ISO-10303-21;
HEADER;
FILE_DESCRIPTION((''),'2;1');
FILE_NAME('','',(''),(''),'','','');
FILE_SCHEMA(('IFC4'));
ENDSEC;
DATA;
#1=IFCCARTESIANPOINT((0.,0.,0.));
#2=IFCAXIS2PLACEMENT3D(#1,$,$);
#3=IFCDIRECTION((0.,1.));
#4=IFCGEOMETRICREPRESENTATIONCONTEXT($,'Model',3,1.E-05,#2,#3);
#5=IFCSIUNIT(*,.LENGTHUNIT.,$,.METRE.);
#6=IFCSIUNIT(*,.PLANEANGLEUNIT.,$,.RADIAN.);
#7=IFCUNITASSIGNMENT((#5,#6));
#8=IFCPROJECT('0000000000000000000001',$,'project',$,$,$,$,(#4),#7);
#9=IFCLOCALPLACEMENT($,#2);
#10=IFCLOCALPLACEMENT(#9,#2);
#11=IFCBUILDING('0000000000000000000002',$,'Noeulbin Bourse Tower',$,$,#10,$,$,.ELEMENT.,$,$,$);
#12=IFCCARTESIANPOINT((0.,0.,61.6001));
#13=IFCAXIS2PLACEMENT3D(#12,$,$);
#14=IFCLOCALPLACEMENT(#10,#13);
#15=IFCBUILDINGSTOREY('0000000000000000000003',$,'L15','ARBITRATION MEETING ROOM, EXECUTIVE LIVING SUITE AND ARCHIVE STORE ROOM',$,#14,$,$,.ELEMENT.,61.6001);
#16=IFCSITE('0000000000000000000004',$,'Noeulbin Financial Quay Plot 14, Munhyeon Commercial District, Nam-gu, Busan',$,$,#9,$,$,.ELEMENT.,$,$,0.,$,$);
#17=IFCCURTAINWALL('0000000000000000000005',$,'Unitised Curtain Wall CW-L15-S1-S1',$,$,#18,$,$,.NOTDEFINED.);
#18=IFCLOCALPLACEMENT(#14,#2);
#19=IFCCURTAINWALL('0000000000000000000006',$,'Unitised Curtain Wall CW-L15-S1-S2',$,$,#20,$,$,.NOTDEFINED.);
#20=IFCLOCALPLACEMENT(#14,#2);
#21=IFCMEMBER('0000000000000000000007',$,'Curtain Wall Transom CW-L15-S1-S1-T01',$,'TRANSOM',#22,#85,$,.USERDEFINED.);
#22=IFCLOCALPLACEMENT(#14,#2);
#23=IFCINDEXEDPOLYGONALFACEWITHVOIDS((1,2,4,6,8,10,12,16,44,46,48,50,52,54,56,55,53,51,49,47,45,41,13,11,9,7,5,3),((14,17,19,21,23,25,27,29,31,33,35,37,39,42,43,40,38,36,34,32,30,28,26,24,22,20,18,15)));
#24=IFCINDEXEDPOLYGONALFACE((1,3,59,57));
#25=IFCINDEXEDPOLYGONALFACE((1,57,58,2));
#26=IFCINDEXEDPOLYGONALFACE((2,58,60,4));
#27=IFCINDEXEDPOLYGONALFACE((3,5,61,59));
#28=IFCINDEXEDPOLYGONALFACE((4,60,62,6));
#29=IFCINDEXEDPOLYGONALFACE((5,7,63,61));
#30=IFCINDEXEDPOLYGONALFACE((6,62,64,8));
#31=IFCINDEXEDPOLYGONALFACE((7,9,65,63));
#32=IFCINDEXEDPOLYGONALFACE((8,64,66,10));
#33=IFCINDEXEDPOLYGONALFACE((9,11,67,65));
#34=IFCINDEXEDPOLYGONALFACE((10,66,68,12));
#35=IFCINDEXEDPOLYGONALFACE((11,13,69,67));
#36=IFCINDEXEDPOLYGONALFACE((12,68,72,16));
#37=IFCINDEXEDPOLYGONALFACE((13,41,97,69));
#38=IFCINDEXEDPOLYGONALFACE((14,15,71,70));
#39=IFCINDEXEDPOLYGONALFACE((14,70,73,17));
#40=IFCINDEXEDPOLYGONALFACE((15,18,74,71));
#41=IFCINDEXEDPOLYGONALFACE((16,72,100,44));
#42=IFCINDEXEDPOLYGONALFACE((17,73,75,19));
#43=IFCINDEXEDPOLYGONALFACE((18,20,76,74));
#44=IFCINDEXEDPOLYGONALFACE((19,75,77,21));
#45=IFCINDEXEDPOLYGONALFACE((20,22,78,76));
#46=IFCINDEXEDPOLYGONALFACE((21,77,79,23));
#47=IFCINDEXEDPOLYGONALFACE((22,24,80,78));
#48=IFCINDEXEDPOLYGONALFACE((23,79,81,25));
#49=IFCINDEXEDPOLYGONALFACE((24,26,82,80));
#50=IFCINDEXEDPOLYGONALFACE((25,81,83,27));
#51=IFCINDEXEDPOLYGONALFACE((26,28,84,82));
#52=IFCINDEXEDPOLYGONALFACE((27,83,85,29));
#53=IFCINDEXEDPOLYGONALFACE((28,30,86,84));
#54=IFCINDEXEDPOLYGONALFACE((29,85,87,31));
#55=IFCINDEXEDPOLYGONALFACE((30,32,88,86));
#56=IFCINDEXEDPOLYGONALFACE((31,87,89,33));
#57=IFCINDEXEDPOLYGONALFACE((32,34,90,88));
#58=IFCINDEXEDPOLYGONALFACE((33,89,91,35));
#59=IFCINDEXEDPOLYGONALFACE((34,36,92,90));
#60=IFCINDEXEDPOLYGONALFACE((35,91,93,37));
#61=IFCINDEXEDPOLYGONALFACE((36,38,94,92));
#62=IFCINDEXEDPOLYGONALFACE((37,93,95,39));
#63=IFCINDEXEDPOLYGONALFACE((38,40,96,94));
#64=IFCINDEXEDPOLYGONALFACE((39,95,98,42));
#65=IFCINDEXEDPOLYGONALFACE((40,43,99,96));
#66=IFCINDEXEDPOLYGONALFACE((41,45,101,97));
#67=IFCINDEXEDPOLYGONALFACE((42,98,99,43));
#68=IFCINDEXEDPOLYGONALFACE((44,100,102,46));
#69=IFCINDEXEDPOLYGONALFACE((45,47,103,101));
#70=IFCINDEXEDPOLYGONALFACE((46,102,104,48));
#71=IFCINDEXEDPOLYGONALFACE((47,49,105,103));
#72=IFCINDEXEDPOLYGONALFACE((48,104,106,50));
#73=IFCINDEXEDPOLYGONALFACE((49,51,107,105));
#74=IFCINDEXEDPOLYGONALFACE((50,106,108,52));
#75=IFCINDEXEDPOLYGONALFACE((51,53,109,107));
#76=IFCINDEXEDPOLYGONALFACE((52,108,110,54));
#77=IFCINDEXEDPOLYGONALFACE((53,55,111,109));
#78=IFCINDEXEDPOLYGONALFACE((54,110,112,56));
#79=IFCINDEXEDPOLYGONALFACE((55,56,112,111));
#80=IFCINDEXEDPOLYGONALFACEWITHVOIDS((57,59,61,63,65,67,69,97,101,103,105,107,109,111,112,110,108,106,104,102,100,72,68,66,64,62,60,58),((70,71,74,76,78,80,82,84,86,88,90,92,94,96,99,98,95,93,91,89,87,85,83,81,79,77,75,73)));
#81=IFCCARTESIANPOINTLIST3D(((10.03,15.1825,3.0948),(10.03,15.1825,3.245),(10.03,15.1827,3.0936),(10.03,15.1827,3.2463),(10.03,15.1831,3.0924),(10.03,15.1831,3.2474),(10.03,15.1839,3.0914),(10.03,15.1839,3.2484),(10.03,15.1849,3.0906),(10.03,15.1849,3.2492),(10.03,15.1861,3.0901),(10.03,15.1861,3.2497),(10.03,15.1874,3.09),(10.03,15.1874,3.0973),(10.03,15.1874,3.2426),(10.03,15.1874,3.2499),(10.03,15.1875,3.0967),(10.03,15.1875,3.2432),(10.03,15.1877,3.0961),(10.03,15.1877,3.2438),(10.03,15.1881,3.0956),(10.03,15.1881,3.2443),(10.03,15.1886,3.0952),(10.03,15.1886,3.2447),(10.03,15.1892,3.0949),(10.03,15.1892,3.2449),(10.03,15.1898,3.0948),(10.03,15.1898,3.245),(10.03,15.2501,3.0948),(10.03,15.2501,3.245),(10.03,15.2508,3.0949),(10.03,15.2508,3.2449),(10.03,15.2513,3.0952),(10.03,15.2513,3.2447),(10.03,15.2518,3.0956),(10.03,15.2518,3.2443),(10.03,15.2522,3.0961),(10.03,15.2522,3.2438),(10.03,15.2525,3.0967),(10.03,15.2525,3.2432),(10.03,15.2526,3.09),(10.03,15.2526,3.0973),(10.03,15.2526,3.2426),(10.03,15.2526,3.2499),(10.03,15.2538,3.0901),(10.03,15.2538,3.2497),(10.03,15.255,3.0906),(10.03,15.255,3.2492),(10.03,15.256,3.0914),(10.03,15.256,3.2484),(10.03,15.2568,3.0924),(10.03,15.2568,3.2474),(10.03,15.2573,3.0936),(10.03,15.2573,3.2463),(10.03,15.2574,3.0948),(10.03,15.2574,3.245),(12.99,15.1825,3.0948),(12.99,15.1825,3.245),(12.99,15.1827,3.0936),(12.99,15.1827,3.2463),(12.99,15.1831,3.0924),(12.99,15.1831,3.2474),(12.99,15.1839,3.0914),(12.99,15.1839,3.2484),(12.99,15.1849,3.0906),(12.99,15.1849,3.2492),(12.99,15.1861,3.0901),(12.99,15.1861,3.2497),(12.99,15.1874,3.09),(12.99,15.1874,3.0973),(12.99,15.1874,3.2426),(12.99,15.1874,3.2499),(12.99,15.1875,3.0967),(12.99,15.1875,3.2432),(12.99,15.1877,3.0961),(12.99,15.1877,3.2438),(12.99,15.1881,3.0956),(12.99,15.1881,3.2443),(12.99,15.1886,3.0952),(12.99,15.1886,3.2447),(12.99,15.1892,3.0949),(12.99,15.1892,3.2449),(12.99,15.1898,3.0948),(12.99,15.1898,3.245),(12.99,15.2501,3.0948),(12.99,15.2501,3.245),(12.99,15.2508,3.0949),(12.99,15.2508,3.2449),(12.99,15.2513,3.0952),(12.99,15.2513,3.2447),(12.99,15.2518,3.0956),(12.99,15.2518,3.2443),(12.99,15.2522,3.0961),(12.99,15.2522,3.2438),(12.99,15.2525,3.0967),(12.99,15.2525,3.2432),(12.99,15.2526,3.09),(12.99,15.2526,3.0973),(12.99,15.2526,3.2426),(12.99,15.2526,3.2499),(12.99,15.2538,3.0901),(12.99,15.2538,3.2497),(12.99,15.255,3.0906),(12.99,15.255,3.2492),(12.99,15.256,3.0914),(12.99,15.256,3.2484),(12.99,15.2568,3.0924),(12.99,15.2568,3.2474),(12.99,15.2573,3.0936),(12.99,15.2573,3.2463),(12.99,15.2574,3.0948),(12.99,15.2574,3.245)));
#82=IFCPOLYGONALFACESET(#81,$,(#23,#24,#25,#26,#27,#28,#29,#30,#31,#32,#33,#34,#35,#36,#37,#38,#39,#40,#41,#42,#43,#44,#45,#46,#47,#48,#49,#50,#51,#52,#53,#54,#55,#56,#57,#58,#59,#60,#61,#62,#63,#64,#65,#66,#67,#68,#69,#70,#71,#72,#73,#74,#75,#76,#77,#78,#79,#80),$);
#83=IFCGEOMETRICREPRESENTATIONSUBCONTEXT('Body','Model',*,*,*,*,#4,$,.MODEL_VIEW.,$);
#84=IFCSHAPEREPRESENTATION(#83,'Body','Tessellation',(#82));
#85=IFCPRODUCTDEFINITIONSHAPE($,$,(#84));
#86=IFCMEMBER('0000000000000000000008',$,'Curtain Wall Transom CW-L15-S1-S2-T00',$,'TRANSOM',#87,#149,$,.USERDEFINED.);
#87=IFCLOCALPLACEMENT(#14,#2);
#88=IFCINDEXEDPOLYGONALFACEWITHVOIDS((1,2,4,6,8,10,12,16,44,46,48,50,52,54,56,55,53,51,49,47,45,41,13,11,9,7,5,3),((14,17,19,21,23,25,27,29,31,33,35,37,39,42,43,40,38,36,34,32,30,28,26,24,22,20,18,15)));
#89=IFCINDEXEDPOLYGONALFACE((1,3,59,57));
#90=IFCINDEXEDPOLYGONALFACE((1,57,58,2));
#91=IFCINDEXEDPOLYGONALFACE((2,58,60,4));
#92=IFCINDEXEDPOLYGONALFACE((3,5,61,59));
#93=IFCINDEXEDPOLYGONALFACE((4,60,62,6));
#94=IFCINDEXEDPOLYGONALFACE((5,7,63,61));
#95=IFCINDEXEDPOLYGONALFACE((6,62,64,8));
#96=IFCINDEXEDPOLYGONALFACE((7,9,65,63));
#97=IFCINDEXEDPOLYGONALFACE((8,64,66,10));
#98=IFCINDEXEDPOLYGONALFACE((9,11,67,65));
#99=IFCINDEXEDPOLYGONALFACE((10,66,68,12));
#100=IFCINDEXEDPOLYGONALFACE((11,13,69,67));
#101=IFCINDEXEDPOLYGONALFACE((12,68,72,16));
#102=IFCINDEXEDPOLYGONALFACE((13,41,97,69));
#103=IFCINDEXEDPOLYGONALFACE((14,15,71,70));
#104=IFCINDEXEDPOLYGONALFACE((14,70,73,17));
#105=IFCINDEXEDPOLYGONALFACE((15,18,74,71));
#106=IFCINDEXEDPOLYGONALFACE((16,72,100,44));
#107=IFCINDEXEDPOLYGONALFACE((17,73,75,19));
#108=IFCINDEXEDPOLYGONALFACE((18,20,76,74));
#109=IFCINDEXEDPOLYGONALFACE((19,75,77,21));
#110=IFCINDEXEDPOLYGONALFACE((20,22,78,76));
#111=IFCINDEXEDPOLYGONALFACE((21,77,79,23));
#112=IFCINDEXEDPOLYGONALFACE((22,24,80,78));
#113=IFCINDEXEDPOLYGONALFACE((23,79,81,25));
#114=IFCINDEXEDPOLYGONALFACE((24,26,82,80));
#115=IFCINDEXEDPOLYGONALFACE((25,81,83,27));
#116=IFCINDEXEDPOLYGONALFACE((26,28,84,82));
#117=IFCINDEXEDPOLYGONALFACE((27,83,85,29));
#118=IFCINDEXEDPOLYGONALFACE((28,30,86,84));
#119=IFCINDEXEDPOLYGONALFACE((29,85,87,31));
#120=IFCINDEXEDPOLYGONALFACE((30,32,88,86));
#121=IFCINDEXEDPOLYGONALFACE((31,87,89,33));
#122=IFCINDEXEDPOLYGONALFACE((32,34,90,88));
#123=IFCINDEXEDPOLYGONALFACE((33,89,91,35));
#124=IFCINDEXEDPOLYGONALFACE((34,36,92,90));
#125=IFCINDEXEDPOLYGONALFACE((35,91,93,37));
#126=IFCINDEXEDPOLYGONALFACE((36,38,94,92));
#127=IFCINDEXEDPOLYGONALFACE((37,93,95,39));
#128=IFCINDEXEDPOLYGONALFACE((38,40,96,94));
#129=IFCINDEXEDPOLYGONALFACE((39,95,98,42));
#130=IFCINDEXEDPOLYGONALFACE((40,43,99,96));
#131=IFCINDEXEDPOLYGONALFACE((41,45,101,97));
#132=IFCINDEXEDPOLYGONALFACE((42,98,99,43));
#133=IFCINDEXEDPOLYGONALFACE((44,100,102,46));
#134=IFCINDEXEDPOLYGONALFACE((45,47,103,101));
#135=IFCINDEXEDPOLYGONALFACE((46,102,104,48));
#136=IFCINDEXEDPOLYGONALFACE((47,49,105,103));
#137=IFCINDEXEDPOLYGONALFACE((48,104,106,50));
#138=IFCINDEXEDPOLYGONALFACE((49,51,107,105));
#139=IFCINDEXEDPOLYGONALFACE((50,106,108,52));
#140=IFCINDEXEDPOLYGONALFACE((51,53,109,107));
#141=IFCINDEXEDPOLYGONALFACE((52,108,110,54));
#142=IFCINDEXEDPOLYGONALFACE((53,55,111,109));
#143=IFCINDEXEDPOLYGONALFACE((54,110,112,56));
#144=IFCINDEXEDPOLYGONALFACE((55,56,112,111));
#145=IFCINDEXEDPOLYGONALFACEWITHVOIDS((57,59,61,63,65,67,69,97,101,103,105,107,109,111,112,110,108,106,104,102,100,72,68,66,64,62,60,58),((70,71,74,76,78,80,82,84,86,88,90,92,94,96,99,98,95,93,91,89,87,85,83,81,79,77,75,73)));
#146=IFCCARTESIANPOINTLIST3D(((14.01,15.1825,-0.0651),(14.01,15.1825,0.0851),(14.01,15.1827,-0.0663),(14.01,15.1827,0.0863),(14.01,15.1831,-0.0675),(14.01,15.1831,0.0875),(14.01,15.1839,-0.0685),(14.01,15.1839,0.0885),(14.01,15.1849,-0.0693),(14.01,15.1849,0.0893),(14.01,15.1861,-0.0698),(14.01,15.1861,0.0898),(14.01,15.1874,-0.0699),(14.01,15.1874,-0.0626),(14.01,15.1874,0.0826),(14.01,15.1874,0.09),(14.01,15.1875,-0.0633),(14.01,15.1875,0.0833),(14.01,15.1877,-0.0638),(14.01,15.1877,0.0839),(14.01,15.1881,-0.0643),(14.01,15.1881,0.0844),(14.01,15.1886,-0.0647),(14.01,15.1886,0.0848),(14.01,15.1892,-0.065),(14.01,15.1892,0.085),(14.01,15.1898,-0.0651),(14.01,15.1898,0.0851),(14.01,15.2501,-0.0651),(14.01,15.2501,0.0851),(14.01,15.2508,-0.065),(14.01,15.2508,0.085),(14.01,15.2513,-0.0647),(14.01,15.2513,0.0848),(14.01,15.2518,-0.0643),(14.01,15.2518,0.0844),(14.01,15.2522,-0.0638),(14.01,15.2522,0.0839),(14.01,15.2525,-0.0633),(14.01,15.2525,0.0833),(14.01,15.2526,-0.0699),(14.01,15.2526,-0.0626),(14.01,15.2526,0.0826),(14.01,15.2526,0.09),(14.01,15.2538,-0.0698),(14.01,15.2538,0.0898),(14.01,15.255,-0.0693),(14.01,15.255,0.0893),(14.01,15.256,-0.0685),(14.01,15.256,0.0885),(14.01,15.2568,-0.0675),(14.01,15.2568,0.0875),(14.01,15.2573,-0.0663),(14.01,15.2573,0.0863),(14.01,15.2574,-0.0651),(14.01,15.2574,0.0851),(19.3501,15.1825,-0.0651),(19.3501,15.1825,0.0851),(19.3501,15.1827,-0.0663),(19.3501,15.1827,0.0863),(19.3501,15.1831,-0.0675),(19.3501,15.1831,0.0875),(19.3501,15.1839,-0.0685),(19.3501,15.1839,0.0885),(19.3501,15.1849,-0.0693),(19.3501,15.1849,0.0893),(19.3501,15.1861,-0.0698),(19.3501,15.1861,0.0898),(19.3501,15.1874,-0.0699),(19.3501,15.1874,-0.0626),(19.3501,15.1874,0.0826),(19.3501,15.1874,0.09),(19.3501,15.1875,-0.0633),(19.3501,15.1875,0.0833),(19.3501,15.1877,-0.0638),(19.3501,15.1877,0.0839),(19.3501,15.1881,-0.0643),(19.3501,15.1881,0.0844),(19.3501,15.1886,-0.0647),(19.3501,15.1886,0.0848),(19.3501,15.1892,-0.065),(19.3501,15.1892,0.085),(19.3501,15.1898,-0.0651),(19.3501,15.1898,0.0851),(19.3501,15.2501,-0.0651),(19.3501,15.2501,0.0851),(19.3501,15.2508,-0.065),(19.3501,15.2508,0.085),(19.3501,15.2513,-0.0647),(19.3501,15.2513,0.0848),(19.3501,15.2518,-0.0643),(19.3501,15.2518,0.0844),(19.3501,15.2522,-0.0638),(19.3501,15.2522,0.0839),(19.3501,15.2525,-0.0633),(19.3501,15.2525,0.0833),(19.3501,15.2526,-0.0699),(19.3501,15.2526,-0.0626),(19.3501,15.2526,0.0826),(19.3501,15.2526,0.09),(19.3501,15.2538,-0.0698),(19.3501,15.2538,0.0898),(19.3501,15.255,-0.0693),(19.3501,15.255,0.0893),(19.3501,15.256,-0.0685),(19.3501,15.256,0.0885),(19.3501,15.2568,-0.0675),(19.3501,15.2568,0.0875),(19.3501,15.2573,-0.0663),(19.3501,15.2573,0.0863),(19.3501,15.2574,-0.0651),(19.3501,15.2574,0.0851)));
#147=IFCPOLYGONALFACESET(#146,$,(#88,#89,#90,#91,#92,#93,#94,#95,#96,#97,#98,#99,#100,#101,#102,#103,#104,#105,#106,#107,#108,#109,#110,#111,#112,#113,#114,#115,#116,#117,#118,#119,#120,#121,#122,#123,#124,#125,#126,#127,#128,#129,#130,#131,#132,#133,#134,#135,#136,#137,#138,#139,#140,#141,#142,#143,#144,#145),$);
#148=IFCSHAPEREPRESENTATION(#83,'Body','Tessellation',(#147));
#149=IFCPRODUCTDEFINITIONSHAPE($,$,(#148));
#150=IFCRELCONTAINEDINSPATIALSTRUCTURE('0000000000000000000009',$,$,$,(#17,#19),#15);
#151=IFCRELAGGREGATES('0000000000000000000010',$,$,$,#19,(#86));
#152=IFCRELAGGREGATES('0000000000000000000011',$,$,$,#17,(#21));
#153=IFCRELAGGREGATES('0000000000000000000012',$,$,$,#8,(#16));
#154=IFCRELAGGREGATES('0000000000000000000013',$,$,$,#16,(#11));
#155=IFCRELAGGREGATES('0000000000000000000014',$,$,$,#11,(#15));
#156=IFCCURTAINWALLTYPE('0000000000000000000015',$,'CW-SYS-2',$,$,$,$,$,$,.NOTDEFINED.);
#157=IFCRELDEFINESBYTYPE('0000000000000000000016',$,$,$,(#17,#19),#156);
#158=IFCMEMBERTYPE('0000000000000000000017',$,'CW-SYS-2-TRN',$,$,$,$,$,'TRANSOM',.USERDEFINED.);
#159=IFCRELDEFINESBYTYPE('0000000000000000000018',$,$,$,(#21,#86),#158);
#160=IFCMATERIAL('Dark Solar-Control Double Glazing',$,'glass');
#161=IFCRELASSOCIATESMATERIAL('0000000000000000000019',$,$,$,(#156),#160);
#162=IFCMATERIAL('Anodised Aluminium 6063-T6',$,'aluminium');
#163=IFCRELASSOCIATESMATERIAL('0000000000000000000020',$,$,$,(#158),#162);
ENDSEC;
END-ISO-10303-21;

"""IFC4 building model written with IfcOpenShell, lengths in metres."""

from ifc_helpers import new_model, si_unit, direction, frame, origin, origin_2d, place, context, subcontext, project, spatial, hollow_rectangle, extrude, material, material_profile, profile_set, type_object, element, aggregate, save


model = new_model("IFC4")

# Units and contexts
model_context = context("Model", 3, precision=1e-05, world=origin(), true_north=direction((0.0, 1.0)))
body_context = subcontext(model_context, "Body", "Model", "MODEL_VIEW")
ifc_project = project(units=[si_unit("LENGTHUNIT", "METRE"), si_unit("PLANEANGLEUNIT", "RADIAN")], contexts=[model_context])

# Site, building, storey
site_placement = place(None, origin())
site = spatial("IfcSite", under=ifc_project, at=site_placement, Name="Noeulbin Financial Quay Plot 14, Munhyeon Commercial District, Nam-gu, Busan", CompositionType="ELEMENT", RefElevation=0.0)
building_placement = place(site_placement, origin())
building = spatial("IfcBuilding", under=site, at=building_placement, Name="Noeulbin Bourse Tower", CompositionType="ELEMENT")
storey_placement = place(building_placement, frame((0.0, 0.0, 61.6001)))
storey = spatial("IfcBuildingStorey", under=building, at=storey_placement, Name="L15", Description="ARBITRATION MEETING ROOM, EXECUTIVE LIVING SUITE AND ARCHIVE STORE ROOM", CompositionType="ELEMENT", Elevation=61.6001)

# Curtain wall
ifc_material_1 = material(Name="Dark Solar-Control Double Glazing", Category="glass")
curtain_wall_type = type_object("IfcCurtainWallType", Name="CW-SYS-2", PredefinedType="NOTDEFINED", material=ifc_material_1)
curtain_wall_1_placement = place(storey_placement, origin())
curtain_wall_1 = element("IfcCurtainWall", 1, at=curtain_wall_1_placement, inside=storey, type_object=curtain_wall_type, Name="Unitised Curtain Wall CW-L15-S1-S1", PredefinedType="NOTDEFINED")
ifc_material_2 = material(Name="Anodised Aluminium 6063-T6", Category="aluminium")

# Curtain wall
curtain_wall_2_placement = place(storey_placement, origin())
curtain_wall_2 = element("IfcCurtainWall", 2, at=curtain_wall_2_placement, inside=storey, type_object=curtain_wall_type, Name="Unitised Curtain Wall CW-L15-S1-S2", PredefinedType="NOTDEFINED")

# Members
ifc_material_profile_1 = material_profile(ifc_material_2, hollow_rectangle(XDim=0.075, YDim=0.1599, WallThickness=0.0049, InnerFilletRadius=0.0024, OuterFilletRadius=0.0049, at=origin_2d()), Name="ALU-TRAN-75x160x5", Category="LoadBearing")
ifc_profile_set_1 = profile_set([ifc_material_profile_1], Name="Anodised Aluminium 6063-T6")
member_type_1 = type_object("IfcMemberType", Name="CW-SYS-2-TRN", ElementType="TRANSOM", PredefinedType="USERDEFINED", material=ifc_profile_set_1)
member_1_placement = place(storey_placement, frame((10.03, 15.22, 3.1699), z_axis=(1.0, 0.0, 0.0), x_axis=(0.0, 1.0, 0.0)))
member_1 = element("IfcMember", 3, at=member_1_placement, type_object=member_type_1, Name="Curtain Wall Transom CW-L15-S1-S1-T01", ObjectType="TRANSOM", PredefinedType="USERDEFINED", context=body_context, shape_type="SweptSolid", body=[
    extrude(hollow_rectangle(XDim=0.075, YDim=0.1599, WallThickness=0.0049, InnerFilletRadius=0.0024, OuterFilletRadius=0.0049, at=origin_2d()), origin(), (0.0, 0.0, 1.0), 2.96),
])
member_2_placement = place(storey_placement, frame((14.01, 15.22, 0.01), z_axis=(1.0, 0.0, 0.0), x_axis=(0.0, 1.0, 0.0)))
member_2 = element("IfcMember", 4, at=member_2_placement, type_object=member_type_1, Name="Curtain Wall Transom CW-L15-S1-S2-T00", ObjectType="TRANSOM", PredefinedType="USERDEFINED", context=body_context, shape_type="SweptSolid", body=[
    extrude(hollow_rectangle(XDim=0.075, YDim=0.1599, WallThickness=0.0049, InnerFilletRadius=0.0024, OuterFilletRadius=0.0049, at=origin_2d()), origin(), (0.0, 0.0, 1.0), 5.3401),
])
aggregate(curtain_wall_2, [member_2])

aggregate(curtain_wall_1, [member_1])

save(model, "model.ifc")
